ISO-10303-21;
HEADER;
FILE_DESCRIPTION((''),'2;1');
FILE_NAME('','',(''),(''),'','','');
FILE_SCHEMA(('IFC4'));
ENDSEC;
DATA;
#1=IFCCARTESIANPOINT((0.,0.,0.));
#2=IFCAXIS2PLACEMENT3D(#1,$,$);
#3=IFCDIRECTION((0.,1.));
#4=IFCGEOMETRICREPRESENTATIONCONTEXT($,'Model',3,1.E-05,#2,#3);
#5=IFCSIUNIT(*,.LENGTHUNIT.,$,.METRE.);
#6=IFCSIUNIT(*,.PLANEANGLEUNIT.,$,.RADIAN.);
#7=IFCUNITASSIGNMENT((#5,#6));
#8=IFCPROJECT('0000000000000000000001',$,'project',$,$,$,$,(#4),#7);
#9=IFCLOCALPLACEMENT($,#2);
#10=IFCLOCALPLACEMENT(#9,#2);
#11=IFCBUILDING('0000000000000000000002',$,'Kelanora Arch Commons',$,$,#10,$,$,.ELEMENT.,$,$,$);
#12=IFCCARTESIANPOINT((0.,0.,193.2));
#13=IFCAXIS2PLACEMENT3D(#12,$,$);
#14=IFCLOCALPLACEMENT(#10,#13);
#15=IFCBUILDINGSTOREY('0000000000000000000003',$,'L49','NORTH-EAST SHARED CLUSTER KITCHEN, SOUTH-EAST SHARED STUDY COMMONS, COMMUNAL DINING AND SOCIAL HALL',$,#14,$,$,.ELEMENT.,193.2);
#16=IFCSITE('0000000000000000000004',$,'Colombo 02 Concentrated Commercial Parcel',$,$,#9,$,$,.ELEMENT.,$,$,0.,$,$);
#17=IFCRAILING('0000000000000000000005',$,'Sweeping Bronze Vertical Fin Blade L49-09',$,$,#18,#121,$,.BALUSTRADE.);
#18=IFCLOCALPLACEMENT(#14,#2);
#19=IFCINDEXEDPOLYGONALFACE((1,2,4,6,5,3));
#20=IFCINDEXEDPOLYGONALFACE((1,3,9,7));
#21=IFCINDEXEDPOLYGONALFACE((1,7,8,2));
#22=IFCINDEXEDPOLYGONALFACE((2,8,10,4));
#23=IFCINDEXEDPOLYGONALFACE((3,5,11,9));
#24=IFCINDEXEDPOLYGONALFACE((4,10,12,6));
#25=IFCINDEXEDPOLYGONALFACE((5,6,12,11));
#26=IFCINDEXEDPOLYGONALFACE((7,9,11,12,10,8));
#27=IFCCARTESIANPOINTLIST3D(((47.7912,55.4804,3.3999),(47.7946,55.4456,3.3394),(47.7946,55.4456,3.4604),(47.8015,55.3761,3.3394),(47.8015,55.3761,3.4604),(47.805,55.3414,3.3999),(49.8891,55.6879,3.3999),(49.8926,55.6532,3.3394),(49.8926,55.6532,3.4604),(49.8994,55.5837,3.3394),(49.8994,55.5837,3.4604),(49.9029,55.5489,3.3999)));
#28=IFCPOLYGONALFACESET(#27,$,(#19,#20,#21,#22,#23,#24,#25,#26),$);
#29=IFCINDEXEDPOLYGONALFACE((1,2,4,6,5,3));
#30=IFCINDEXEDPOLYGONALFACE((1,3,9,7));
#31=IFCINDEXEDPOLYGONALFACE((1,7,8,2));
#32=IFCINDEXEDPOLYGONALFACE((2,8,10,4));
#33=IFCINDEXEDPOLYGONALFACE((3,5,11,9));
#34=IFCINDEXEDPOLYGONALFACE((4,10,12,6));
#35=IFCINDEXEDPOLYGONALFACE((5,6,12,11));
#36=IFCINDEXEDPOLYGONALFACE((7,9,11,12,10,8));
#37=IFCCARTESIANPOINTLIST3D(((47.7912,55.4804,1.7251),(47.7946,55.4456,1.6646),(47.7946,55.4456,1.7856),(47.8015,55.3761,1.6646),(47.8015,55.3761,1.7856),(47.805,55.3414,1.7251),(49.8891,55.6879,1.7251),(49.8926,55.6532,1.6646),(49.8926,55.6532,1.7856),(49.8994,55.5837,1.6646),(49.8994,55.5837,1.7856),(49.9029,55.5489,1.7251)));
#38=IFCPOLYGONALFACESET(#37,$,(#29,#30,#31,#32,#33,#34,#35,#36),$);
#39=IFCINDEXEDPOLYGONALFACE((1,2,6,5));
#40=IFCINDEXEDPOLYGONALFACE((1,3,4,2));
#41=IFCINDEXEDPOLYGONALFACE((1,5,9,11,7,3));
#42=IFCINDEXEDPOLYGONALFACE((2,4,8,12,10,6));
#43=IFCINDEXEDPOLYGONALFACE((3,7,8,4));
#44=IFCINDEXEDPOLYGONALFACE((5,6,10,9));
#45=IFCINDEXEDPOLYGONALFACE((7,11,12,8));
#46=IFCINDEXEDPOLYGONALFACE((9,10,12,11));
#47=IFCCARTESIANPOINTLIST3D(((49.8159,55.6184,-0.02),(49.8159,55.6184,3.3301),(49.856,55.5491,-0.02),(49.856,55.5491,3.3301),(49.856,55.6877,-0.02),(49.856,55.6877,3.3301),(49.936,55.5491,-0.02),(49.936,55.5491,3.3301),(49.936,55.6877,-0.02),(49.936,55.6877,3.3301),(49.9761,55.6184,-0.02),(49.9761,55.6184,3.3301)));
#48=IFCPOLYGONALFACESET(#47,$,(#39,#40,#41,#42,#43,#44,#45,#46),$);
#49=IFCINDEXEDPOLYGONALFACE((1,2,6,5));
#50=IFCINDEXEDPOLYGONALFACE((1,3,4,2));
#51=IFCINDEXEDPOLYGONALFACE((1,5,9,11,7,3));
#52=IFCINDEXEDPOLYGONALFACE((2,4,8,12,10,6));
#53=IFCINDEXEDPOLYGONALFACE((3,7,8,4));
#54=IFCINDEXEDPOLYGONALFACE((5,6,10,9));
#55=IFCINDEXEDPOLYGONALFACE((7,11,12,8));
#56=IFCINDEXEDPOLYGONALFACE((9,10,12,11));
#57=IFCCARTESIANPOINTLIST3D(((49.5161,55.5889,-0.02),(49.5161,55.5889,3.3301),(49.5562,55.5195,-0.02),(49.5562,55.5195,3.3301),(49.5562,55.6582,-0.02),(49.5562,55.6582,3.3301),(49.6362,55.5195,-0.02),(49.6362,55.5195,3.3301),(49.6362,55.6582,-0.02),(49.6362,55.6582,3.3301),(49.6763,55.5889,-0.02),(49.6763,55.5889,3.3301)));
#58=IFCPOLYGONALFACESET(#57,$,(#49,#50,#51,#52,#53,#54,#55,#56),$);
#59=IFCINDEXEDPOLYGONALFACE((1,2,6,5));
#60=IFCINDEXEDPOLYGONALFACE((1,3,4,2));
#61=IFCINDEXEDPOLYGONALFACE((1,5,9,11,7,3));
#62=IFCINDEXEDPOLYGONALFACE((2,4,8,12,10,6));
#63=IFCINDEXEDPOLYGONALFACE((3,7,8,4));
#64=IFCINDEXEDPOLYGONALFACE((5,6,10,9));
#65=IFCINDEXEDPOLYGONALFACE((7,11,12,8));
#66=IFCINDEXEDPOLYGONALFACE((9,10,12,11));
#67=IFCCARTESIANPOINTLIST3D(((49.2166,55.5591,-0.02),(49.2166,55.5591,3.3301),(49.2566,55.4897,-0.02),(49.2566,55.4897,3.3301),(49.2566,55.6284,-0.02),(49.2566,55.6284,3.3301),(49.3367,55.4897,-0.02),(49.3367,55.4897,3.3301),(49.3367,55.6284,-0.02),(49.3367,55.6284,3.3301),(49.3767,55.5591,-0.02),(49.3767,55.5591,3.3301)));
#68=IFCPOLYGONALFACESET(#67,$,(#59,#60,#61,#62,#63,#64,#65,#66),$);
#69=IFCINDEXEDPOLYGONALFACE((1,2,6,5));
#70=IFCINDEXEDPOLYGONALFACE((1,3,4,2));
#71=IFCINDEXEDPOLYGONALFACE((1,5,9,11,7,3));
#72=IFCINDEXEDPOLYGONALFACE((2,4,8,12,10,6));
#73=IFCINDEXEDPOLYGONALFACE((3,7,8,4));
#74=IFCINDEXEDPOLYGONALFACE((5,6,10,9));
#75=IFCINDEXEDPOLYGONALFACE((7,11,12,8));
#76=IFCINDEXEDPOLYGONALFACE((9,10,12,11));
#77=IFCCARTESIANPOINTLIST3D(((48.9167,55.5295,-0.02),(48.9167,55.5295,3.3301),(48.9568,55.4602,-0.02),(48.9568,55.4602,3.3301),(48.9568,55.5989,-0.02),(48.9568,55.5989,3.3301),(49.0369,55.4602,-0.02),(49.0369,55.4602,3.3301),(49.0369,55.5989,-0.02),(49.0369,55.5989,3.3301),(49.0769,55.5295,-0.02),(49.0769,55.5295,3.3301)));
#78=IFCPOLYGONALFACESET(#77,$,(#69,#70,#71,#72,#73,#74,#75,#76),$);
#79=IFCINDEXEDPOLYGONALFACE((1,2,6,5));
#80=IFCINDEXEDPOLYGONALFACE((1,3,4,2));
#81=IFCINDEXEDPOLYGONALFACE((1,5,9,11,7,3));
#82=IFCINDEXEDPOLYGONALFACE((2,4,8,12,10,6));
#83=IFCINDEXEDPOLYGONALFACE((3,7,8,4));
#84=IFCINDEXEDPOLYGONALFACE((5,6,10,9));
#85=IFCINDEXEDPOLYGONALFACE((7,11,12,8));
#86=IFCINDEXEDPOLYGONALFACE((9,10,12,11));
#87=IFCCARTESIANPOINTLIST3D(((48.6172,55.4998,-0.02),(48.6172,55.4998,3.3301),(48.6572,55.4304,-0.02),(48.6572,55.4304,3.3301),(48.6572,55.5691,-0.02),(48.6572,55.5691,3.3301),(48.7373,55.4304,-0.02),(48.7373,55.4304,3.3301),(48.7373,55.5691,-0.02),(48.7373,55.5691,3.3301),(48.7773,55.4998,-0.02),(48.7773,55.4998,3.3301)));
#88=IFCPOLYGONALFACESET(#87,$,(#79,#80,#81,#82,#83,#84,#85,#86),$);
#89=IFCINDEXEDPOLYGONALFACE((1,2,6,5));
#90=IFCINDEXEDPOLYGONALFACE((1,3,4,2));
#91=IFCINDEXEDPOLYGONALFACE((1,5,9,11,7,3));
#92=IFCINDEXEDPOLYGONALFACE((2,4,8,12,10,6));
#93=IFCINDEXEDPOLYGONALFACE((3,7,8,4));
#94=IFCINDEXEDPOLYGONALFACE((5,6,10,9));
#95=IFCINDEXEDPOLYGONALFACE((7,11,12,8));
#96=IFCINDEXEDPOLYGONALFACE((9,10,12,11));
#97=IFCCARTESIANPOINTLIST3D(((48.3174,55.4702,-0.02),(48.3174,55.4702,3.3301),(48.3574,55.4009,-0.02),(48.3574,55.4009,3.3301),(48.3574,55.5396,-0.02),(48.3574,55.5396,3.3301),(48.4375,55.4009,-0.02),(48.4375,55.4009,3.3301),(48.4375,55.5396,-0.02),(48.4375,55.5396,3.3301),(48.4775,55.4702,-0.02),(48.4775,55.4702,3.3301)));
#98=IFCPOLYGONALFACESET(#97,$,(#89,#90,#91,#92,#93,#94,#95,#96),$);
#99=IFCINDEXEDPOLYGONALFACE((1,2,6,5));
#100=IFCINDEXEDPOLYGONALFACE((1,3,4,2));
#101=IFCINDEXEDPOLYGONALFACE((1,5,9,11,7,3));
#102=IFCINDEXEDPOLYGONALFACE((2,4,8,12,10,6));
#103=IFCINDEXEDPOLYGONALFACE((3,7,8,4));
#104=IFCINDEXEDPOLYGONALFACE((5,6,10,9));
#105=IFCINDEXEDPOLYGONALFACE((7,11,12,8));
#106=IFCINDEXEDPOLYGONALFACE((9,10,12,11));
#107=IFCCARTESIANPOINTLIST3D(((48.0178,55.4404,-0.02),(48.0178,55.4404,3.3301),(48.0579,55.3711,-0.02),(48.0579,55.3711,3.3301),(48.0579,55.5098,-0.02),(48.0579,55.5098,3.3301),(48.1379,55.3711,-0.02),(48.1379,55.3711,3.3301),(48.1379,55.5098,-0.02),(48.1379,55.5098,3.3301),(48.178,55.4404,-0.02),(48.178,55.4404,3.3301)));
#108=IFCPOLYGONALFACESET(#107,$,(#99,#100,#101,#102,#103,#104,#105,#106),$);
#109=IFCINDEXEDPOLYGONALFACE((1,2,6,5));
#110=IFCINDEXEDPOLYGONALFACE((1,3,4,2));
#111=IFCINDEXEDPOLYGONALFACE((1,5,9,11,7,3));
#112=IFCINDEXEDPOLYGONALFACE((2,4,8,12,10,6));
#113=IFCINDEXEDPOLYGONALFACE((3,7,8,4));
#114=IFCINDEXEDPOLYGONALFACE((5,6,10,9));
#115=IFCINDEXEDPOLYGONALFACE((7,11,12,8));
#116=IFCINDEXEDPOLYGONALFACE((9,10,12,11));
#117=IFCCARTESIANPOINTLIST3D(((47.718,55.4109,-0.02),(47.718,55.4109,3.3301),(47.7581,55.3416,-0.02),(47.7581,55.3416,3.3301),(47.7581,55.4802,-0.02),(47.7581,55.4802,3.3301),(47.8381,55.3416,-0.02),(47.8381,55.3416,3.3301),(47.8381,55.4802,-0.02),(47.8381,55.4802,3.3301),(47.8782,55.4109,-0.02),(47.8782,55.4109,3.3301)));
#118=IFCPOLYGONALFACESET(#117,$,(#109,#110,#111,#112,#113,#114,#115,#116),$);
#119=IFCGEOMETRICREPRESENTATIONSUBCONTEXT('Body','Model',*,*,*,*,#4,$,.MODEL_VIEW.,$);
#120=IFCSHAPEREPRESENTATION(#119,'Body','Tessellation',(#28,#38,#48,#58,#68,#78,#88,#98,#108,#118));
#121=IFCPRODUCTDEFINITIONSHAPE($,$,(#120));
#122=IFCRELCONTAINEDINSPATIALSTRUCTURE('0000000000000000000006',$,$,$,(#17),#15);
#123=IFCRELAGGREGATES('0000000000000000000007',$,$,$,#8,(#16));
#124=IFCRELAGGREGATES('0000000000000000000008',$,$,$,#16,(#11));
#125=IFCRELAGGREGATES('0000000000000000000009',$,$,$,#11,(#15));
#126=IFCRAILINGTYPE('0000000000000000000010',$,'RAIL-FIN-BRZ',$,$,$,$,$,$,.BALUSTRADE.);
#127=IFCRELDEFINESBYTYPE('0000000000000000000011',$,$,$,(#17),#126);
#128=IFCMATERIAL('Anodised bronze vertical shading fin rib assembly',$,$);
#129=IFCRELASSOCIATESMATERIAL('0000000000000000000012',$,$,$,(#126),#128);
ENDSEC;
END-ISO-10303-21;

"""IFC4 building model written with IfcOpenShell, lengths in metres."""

from ifc_helpers import new_model, si_unit, direction, frame, origin, place, context, subcontext, project, spatial, polyline, outline, extrude, material, type_object, element, save


model = new_model("IFC4")

# Units and contexts
model_context = context("Model", 3, precision=1e-05, world=origin(), true_north=direction((0.0, 1.0)))
body_context = subcontext(model_context, "Body", "Model", "MODEL_VIEW")
ifc_project = project(units=[si_unit("LENGTHUNIT", "METRE"), si_unit("PLANEANGLEUNIT", "RADIAN")], contexts=[model_context])

# Site, building, storey
site_placement = place(None, origin())
site = spatial("IfcSite", under=ifc_project, at=site_placement, Name="Colombo 02 Concentrated Commercial Parcel", CompositionType="ELEMENT", RefElevation=0.0)
building_placement = place(site_placement, origin())
building = spatial("IfcBuilding", under=site, at=building_placement, Name="Kelanora Arch Commons", CompositionType="ELEMENT")
storey_placement = place(building_placement, frame((0.0, 0.0, 193.2)))
storey = spatial("IfcBuildingStorey", under=building, at=storey_placement, Name="L49", Description="NORTH-EAST SHARED CLUSTER KITCHEN, SOUTH-EAST SHARED STUDY COMMONS, COMMUNAL DINING AND SOCIAL HALL", CompositionType="ELEMENT", Elevation=193.2)

# Railing
ifc_material_1 = material(Name="Anodised bronze vertical shading fin rib assembly")
railing_type = type_object("IfcRailingType", Name="RAIL-FIN-BRZ", PredefinedType="BALUSTRADE", material=ifc_material_1)
railing_1_placement = place(storey_placement, frame((49.896, 55.6184, -0.02)))
element("IfcRailing", 1, at=railing_1_placement, inside=storey, type_object=railing_type, Name="Sweeping Bronze Vertical Fin Blade L49-09", PredefinedType="BALUSTRADE", context=body_context, shape_type="SweptSolid", body=[
    extrude(outline(polyline([(0.0698, 0.0), (0.0349, 0.0605), (-0.0349, 0.0605), (-0.0698, 0.0), (-0.0349, -0.0605), (0.0349, -0.0605), (0.0698, 0.0)])), frame((0.0, 0.0, 3.4199), z_axis=(-0.995143, -0.098437, 0.0), x_axis=(0.098437, -0.995143, 0.0)), (0.0, 0.0, 1.0), 2.1082),
    extrude(outline(polyline([(0.0698, 0.0), (0.0349, 0.0605), (-0.0349, 0.0605), (-0.0698, 0.0), (-0.0349, -0.0605), (0.0349, -0.0605), (0.0698, 0.0)])), frame((0.0, 0.0, 1.7451), z_axis=(-0.995143, -0.098437, 0.0), x_axis=(0.098437, -0.995143, 0.0)), (0.0, 0.0, 1.0), 2.1082),
    extrude(outline(polyline([(0.0801, 0.0), (0.04, 0.0693), (-0.04, 0.0693), (-0.0801, 0.0), (-0.04, -0.0693), (0.04, -0.0693), (0.0801, 0.0)])), origin(), (0.0, 0.0, 1.0), 3.3501),
    extrude(outline(polyline([(0.0801, 0.0), (0.04, 0.0693), (-0.04, 0.0693), (-0.0801, 0.0), (-0.04, -0.0693), (0.04, -0.0693), (0.0801, 0.0)])), frame((-0.2998, -0.0295, 0.0)), (0.0, 0.0, 1.0), 3.3501),
    extrude(outline(polyline([(0.0801, 0.0), (0.04, 0.0693), (-0.04, 0.0693), (-0.0801, 0.0), (-0.04, -0.0693), (0.04, -0.0693), (0.0801, 0.0)])), frame((-0.5994, -0.0593, 0.0)), (0.0, 0.0, 1.0), 3.3501),
    extrude(outline(polyline([(0.0801, 0.0), (0.04, 0.0693), (-0.04, 0.0693), (-0.0801, 0.0), (-0.04, -0.0693), (0.04, -0.0693), (0.0801, 0.0)])), frame((-0.8992, -0.0889, 0.0)), (0.0, 0.0, 1.0), 3.3501),
    extrude(outline(polyline([(0.0801, 0.0), (0.04, 0.0693), (-0.04, 0.0693), (-0.0801, 0.0), (-0.04, -0.0693), (0.04, -0.0693), (0.0801, 0.0)])), frame((-1.1987, -0.1187, 0.0)), (0.0, 0.0, 1.0), 3.3501),
    extrude(outline(polyline([(0.0801, 0.0), (0.04, 0.0693), (-0.04, 0.0693), (-0.0801, 0.0), (-0.04, -0.0693), (0.04, -0.0693), (0.0801, 0.0)])), frame((-1.4985, -0.1482, 0.0)), (0.0, 0.0, 1.0), 3.3501),
    extrude(outline(polyline([(0.0801, 0.0), (0.04, 0.0693), (-0.04, 0.0693), (-0.0801, 0.0), (-0.04, -0.0693), (0.04, -0.0693), (0.0801, 0.0)])), frame((-1.7981, -0.178, 0.0)), (0.0, 0.0, 1.0), 3.3501),
    extrude(outline(polyline([(0.0801, 0.0), (0.04, 0.0693), (-0.04, 0.0693), (-0.0801, 0.0), (-0.04, -0.0693), (0.04, -0.0693), (0.0801, 0.0)])), frame((-2.0979, -0.2075, 0.0)), (0.0, 0.0, 1.0), 3.3501),
])

save(model, "model.ifc")
